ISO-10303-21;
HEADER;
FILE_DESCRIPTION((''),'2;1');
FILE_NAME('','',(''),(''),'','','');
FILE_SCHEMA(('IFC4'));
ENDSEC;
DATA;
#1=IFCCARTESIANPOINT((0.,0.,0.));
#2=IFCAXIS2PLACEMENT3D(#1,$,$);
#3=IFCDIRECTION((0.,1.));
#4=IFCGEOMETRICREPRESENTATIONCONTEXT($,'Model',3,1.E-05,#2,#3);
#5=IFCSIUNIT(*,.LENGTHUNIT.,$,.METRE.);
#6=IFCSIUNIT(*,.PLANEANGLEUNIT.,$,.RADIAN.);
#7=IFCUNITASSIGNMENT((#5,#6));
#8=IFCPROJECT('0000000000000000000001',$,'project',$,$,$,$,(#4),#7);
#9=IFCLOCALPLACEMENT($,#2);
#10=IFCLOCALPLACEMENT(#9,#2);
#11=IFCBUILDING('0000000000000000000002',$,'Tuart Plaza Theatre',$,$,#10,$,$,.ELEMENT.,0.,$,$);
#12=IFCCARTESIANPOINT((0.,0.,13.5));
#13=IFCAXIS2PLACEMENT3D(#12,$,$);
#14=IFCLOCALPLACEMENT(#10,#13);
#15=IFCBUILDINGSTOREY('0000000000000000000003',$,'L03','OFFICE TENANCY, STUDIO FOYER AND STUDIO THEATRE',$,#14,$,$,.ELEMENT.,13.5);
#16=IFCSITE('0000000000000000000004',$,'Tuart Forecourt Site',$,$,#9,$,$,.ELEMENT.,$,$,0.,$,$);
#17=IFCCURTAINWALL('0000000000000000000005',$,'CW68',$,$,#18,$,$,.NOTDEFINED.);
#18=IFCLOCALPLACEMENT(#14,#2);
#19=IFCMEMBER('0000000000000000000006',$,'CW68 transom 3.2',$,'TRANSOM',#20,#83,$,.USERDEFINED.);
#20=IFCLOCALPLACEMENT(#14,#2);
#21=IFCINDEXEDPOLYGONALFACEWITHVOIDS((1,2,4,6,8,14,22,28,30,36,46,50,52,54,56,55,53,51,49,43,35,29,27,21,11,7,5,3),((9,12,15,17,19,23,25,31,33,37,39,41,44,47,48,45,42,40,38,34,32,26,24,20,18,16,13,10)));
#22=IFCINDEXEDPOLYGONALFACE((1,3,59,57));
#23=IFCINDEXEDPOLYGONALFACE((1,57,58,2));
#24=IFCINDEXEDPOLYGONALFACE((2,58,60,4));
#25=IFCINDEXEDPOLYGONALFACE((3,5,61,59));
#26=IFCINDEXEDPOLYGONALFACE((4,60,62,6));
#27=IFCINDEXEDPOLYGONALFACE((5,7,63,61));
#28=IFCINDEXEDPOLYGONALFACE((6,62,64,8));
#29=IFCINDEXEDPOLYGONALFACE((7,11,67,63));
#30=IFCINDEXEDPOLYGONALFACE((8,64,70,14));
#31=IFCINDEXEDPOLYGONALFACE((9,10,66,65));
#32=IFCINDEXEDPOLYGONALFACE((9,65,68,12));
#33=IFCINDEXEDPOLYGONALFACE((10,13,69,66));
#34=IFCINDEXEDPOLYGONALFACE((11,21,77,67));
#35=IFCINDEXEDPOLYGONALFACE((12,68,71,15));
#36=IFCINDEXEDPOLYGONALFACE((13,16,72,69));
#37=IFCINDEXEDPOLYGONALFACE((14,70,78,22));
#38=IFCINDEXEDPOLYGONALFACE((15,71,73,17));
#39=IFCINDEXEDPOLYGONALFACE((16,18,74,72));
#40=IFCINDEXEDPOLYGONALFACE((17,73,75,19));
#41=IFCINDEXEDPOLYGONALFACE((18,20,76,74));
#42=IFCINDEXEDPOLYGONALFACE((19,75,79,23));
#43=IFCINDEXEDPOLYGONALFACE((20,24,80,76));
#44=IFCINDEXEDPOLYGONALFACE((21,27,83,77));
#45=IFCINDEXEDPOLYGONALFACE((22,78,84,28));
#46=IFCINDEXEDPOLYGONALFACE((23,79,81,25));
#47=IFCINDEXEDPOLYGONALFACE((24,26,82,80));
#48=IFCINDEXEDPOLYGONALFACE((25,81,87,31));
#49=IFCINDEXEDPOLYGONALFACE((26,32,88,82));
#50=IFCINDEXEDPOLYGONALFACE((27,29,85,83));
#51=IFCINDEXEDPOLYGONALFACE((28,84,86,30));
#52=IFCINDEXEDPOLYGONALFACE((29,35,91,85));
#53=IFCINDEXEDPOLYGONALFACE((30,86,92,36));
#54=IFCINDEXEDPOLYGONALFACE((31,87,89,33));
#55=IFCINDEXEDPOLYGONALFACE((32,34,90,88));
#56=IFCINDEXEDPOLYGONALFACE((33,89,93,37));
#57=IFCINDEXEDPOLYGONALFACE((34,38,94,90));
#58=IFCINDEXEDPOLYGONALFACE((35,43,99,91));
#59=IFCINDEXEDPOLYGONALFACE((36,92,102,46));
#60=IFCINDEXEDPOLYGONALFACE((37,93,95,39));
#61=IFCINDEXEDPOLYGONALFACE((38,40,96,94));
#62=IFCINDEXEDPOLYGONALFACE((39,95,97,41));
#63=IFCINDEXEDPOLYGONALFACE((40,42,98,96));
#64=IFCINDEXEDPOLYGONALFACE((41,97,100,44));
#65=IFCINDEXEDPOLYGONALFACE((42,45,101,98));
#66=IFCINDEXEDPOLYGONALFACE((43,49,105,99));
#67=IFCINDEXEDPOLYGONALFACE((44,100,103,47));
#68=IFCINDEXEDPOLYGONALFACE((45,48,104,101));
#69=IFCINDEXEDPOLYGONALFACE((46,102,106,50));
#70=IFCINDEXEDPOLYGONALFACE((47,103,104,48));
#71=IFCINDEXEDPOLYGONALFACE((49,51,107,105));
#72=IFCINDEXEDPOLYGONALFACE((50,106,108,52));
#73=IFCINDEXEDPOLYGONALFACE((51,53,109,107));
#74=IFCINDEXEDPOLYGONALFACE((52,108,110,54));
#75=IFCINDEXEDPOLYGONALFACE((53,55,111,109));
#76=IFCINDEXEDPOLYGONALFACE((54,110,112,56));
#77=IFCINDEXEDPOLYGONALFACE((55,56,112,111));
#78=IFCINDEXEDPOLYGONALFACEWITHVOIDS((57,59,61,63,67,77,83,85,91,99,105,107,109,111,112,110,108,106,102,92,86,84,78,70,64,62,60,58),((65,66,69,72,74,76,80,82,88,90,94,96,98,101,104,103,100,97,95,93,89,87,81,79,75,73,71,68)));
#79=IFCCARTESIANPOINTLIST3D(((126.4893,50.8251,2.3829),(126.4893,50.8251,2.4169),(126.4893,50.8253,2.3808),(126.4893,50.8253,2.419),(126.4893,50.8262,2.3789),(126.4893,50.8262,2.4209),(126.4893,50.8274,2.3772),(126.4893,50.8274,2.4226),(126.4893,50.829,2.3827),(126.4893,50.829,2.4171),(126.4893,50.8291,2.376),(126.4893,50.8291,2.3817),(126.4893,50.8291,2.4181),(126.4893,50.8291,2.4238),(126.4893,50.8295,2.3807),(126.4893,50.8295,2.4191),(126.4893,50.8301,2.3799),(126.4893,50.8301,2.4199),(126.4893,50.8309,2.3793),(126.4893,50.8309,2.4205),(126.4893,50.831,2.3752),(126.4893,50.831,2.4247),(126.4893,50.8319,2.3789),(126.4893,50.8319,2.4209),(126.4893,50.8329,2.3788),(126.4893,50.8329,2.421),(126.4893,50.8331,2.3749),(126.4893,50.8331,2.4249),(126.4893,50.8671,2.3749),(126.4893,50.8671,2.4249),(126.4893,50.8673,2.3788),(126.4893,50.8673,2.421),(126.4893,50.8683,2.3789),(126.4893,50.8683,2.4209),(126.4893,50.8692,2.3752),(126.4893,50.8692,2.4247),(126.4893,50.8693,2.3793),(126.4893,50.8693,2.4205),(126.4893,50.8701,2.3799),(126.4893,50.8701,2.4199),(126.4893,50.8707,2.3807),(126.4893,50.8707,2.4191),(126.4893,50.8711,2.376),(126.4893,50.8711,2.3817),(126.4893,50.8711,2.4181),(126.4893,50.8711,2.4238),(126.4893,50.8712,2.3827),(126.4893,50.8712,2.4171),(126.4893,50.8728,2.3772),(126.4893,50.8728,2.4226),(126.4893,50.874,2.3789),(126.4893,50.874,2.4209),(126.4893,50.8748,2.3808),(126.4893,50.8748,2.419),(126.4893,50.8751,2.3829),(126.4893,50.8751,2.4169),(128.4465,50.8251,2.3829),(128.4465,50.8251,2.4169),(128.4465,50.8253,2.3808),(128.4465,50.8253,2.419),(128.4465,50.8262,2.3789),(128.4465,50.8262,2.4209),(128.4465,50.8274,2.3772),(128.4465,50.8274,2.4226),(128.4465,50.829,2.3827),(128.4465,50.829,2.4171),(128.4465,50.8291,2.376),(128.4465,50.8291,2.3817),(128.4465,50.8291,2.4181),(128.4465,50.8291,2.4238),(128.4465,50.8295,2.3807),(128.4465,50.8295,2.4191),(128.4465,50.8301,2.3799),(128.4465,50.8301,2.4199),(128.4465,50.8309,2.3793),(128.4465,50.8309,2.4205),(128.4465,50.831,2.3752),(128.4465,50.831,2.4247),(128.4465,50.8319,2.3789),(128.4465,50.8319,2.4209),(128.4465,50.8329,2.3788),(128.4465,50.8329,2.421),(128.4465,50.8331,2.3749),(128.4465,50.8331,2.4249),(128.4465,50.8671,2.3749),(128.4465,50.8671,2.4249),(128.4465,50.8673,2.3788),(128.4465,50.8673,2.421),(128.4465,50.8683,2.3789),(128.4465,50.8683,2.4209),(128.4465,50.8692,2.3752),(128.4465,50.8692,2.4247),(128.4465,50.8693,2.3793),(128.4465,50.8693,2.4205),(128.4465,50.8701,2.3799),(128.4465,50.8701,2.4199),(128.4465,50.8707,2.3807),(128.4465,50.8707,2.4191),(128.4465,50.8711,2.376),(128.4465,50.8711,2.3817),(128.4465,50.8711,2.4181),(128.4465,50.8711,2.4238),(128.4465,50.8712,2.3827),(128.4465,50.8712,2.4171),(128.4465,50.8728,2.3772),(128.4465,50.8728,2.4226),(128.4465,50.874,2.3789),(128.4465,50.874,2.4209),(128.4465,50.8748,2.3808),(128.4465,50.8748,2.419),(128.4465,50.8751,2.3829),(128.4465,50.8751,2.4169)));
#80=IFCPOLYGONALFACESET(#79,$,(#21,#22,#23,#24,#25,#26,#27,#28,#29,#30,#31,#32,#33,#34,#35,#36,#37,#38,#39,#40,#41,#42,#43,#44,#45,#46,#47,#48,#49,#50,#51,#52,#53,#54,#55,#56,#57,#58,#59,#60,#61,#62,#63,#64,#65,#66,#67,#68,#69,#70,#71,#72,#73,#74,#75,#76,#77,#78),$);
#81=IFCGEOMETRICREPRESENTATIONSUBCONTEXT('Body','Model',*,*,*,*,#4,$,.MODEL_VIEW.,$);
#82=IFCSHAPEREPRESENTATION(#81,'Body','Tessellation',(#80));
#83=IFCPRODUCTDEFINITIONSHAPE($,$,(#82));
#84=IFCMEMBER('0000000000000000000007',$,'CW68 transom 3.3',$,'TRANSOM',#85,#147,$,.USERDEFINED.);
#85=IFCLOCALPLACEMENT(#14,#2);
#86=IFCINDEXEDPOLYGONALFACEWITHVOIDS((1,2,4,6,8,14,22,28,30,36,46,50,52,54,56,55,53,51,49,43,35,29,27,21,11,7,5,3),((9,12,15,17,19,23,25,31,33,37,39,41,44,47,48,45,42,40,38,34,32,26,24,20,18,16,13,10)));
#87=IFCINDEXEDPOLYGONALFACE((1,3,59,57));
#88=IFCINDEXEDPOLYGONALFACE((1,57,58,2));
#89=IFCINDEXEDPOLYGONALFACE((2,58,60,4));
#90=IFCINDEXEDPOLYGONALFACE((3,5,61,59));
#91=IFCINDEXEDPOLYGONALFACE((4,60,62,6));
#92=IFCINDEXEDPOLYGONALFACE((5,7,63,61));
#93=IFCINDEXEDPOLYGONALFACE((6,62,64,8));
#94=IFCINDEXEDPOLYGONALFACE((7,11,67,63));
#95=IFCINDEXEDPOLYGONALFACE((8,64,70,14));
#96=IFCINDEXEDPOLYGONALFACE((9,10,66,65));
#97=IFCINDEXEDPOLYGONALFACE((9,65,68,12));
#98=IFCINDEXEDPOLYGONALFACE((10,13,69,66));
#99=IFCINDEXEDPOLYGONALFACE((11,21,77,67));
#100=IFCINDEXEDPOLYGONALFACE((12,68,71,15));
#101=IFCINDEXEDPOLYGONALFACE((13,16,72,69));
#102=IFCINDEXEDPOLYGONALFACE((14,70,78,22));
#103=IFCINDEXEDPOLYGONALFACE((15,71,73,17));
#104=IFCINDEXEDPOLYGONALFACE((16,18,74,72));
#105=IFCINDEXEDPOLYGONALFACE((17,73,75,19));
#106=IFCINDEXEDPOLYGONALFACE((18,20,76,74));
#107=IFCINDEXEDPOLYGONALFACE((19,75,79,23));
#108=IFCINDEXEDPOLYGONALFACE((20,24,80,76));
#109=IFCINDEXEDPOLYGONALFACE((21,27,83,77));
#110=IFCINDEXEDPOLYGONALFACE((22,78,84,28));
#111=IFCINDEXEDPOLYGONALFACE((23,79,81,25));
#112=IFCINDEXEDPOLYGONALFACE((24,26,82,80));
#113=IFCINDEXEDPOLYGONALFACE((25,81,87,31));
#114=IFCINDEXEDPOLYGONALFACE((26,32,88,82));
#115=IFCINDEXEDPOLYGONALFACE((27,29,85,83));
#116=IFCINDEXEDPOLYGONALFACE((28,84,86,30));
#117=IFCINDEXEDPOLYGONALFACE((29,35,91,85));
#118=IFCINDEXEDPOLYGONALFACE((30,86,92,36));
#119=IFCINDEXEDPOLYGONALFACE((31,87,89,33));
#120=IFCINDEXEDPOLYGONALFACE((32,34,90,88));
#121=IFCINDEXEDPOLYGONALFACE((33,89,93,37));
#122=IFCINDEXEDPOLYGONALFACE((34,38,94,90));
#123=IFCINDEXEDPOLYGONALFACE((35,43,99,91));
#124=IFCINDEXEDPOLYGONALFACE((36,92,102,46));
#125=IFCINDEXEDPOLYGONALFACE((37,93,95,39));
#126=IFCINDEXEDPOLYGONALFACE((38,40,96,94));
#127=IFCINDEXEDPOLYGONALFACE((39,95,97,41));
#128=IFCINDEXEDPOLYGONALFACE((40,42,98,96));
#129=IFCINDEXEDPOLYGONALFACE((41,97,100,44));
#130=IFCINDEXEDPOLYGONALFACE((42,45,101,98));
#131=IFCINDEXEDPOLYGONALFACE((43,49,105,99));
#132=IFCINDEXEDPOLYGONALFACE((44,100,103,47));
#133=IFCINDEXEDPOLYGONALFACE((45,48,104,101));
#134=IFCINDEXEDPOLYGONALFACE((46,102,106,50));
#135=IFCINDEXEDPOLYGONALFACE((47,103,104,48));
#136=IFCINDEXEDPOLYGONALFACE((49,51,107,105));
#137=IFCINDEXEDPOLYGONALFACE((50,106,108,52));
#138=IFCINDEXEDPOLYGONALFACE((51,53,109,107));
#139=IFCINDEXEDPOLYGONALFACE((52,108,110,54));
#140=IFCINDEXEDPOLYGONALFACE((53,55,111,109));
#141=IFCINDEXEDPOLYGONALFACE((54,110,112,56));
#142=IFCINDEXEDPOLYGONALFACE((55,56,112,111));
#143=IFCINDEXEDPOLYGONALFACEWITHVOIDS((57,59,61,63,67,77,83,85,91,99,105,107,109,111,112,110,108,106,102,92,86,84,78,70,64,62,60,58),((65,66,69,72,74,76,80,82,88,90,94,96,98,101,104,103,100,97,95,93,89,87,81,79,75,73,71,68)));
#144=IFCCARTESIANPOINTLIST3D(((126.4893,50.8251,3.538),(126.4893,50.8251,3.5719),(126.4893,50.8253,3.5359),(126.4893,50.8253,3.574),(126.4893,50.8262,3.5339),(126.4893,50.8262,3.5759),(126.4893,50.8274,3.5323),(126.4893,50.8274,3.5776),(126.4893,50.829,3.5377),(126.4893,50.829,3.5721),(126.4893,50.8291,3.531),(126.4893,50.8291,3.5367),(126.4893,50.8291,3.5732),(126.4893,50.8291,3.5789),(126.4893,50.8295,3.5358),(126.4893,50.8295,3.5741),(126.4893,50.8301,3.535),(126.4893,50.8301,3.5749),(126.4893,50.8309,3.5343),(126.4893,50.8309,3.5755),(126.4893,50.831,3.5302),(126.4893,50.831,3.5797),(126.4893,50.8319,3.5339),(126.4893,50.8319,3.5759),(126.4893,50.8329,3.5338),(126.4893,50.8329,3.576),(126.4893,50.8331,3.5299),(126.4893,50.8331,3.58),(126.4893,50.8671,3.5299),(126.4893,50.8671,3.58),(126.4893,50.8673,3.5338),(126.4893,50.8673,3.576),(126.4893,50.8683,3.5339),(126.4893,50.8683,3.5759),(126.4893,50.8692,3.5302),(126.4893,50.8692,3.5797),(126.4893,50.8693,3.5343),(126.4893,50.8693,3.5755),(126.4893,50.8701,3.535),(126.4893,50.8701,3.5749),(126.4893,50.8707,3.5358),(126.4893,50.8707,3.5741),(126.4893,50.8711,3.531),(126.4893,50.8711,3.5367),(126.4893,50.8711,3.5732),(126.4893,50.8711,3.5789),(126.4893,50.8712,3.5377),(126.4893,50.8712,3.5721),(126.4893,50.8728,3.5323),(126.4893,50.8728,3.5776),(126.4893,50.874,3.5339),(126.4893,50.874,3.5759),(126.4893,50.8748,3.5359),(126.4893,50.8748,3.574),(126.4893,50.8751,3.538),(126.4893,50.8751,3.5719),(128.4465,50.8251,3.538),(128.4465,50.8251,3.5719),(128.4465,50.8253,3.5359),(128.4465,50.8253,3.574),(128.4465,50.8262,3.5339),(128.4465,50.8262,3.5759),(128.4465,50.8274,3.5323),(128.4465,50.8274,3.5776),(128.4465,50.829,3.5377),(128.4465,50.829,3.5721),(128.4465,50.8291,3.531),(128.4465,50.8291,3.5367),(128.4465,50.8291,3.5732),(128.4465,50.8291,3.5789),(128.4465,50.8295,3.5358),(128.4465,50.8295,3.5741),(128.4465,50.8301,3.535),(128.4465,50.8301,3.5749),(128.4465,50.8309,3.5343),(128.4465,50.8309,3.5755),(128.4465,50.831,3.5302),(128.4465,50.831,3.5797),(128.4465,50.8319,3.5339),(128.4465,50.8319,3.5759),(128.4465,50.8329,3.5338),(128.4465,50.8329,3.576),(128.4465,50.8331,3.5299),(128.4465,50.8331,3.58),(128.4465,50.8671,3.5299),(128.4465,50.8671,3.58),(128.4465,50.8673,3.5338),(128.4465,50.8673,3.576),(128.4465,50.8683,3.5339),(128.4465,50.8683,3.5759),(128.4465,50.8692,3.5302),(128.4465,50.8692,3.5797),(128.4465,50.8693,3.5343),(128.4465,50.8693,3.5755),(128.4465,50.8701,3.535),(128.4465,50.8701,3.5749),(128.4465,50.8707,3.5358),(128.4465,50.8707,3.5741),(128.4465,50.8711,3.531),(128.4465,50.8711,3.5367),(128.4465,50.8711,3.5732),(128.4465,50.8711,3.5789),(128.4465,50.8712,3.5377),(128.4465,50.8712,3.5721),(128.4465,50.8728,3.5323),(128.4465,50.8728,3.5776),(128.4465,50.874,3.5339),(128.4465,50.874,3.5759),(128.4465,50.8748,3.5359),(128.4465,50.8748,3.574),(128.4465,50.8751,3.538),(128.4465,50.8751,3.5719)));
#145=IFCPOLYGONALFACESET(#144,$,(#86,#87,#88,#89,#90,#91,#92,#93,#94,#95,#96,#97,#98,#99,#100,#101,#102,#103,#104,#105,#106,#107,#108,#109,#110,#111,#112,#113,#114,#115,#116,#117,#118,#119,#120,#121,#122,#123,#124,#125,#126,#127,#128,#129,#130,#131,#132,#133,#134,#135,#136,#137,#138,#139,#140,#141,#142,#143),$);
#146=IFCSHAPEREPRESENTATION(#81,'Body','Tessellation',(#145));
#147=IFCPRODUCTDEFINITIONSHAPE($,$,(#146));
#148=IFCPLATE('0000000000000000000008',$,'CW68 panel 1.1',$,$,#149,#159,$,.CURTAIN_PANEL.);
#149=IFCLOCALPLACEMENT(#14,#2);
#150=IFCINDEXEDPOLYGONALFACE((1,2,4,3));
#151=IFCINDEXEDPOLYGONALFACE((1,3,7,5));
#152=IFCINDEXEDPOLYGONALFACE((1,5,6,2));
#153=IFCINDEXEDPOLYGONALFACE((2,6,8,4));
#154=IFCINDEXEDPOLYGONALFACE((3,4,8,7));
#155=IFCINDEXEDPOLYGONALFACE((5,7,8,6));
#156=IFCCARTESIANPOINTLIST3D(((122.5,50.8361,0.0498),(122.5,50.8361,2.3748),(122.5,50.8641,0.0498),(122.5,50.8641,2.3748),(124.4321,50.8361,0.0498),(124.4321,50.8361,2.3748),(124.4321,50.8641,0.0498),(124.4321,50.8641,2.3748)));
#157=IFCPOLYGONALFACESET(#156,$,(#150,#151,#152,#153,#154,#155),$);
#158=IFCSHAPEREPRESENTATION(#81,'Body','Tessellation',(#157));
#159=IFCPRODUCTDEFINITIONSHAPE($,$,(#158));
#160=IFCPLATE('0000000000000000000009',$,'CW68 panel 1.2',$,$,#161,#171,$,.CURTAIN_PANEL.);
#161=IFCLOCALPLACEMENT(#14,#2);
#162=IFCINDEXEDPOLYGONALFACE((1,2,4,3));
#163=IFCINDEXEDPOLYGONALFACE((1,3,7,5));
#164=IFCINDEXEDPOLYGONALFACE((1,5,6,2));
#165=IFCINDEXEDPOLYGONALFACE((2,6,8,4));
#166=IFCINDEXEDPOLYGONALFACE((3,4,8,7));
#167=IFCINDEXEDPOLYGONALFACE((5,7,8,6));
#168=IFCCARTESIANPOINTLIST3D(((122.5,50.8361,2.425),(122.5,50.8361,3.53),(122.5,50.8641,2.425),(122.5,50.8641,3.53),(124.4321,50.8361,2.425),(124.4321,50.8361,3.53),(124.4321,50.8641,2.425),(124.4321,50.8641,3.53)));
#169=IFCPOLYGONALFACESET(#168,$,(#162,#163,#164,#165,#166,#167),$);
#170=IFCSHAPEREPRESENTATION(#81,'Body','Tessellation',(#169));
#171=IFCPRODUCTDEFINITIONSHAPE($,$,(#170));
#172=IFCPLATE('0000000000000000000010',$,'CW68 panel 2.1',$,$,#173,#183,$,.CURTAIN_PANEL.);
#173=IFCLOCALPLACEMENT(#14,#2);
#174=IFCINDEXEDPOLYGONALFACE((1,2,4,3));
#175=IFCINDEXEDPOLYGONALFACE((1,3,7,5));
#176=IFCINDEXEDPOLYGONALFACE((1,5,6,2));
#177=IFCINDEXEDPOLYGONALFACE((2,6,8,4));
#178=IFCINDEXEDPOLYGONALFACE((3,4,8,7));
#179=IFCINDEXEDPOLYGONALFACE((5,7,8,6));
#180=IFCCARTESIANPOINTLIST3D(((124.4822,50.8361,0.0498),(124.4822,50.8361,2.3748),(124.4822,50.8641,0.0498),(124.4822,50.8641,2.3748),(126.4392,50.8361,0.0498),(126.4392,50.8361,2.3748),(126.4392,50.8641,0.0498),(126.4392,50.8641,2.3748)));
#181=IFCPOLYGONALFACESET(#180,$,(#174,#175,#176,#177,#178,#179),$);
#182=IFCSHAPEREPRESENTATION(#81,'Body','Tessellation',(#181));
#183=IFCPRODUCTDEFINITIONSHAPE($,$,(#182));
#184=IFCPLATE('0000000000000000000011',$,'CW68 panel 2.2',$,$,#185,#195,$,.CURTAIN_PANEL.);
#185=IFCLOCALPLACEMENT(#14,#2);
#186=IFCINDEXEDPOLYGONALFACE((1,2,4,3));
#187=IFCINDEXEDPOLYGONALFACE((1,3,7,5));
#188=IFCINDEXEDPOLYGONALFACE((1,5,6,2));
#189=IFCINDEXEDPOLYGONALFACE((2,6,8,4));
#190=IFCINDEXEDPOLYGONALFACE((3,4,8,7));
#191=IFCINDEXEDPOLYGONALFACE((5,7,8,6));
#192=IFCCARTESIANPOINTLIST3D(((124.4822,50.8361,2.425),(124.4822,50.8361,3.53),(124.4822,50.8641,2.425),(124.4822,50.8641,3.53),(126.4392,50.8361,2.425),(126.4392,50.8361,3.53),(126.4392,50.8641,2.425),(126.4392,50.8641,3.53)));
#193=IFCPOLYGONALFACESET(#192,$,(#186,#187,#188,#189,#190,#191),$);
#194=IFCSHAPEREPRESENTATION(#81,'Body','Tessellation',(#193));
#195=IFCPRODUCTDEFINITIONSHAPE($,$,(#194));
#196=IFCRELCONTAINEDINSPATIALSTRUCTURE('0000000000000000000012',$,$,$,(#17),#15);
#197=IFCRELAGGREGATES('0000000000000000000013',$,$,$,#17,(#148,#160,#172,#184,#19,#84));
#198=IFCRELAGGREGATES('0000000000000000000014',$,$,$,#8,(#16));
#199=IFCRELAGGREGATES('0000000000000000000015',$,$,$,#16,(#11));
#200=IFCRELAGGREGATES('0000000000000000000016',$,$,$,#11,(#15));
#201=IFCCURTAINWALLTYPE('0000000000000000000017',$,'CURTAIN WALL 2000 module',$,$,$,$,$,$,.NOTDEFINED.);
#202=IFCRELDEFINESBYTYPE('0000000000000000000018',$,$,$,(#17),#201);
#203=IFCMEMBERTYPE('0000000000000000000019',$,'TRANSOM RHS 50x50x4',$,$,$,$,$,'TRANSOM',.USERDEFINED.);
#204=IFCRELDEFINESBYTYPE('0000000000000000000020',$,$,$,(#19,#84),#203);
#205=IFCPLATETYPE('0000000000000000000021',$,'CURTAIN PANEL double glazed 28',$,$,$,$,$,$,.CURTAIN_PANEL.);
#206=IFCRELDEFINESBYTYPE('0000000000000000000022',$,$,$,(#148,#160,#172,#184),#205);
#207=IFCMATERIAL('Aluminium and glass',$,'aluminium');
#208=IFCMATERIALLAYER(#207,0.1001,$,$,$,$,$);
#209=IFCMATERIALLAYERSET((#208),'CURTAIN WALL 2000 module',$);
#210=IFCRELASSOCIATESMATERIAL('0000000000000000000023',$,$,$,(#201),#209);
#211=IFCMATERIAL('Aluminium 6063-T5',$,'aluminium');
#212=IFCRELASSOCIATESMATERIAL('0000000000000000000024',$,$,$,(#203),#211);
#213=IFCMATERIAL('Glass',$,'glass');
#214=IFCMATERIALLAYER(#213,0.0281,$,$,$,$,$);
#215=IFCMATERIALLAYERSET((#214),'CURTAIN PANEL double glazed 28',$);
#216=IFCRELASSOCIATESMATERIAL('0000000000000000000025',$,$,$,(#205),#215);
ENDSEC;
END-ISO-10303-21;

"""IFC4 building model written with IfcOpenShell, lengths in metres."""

from ifc_helpers import new_model, si_unit, direction, frame, origin, origin_2d, place, context, subcontext, project, spatial, rectangle, hollow_rectangle, extrude, material, layer, layer_set, material_profile, profile_set, type_object, element, aggregate, save


model = new_model("IFC4")

# Units and contexts
model_context = context("Model", 3, precision=1e-05, world=origin(), true_north=direction((0.0, 1.0)))
body_context = subcontext(model_context, "Body", "Model", "MODEL_VIEW")
ifc_project = project(units=[si_unit("LENGTHUNIT", "METRE"), si_unit("PLANEANGLEUNIT", "RADIAN")], contexts=[model_context])

# Site, building, storey
site_placement = place(None, origin())
site = spatial("IfcSite", under=ifc_project, at=site_placement, Name="Tuart Forecourt Site", CompositionType="ELEMENT", RefElevation=0.0)
building_placement = place(site_placement, origin())
building = spatial("IfcBuilding", under=site, at=building_placement, Name="Tuart Plaza Theatre", CompositionType="ELEMENT", ElevationOfRefHeight=0.0)
storey_placement = place(building_placement, frame((0.0, 0.0, 13.5)))
storey = spatial("IfcBuildingStorey", under=building, at=storey_placement, Name="L03", Description="OFFICE TENANCY, STUDIO FOYER AND STUDIO THEATRE", CompositionType="ELEMENT", Elevation=13.5)

# Curtain wall, members, plates
ifc_material_1 = material(Name="Aluminium and glass", Category="aluminium")
ifc_layer_1 = layer(ifc_material_1, 0.1001)
ifc_layer_set_1 = layer_set([ifc_layer_1], Name="CURTAIN WALL 2000 module")
curtain_wall_type = type_object("IfcCurtainWallType", Name="CURTAIN WALL 2000 module", PredefinedType="NOTDEFINED", material=ifc_layer_set_1)
curtain_wall_placement = place(storey_placement, origin())
curtain_wall = element("IfcCurtainWall", 1, at=curtain_wall_placement, inside=storey, type_object=curtain_wall_type, Name="CW68", PredefinedType="NOTDEFINED")
ifc_material_2 = material(Name="Aluminium 6063-T5", Category="aluminium")
ifc_material_profile_1 = material_profile(ifc_material_2, hollow_rectangle(XDim=0.05, YDim=0.05, WallThickness=0.0039, InnerFilletRadius=0.0039, OuterFilletRadius=0.0081, at=origin_2d()), Name="RHS 50x50x4")
ifc_profile_set_1 = profile_set([ifc_material_profile_1], Name="Aluminium 6063-T5")
member_type_1 = type_object("IfcMemberType", Name="TRANSOM RHS 50x50x4", ElementType="TRANSOM", PredefinedType="USERDEFINED", material=ifc_profile_set_1)
member_1_placement = place(storey_placement, frame((126.4893, 50.8501, 2.3999), z_axis=(1.0, 0.0, 0.0), x_axis=(0.0, 1.0, 0.0)))
member_1 = element("IfcMember", 2, at=member_1_placement, type_object=member_type_1, Name="CW68 transom 3.2", ObjectType="TRANSOM", PredefinedType="USERDEFINED", context=body_context, shape_type="SweptSolid", body=[
    extrude(hollow_rectangle(XDim=0.05, YDim=0.05, WallThickness=0.0039, InnerFilletRadius=0.0039, OuterFilletRadius=0.0081, at=origin_2d()), origin(), (0.0, 0.0, 1.0), 1.9573),
])
member_2_placement = place(storey_placement, frame((126.4893, 50.8501, 3.5549), z_axis=(1.0, 0.0, 0.0), x_axis=(0.0, 1.0, 0.0)))
member_2 = element("IfcMember", 3, at=member_2_placement, type_object=member_type_1, Name="CW68 transom 3.3", ObjectType="TRANSOM", PredefinedType="USERDEFINED", context=body_context, shape_type="SweptSolid", body=[
    extrude(hollow_rectangle(XDim=0.05, YDim=0.05, WallThickness=0.0039, InnerFilletRadius=0.0039, OuterFilletRadius=0.0081, at=origin_2d()), origin(), (0.0, 0.0, 1.0), 1.9573),
])
ifc_material_3 = material(Name="Glass", Category="glass")
ifc_layer_2 = layer(ifc_material_3, 0.0281)
ifc_layer_set_2 = layer_set([ifc_layer_2], Name="CURTAIN PANEL double glazed 28")
plate_type = type_object("IfcPlateType", Name="CURTAIN PANEL double glazed 28", PredefinedType="CURTAIN_PANEL", material=ifc_layer_set_2)
plate_1_placement = place(storey_placement, frame((123.4661, 50.8501, 0.0498), z_axis=(0.0, 0.0, 1.0), x_axis=(1.0, 0.0, 0.0)))
plate_1 = element("IfcPlate", 4, at=plate_1_placement, type_object=plate_type, Name="CW68 panel 1.1", PredefinedType="CURTAIN_PANEL", context=body_context, shape_type="SweptSolid", body=[
    extrude(rectangle(XDim=1.9321, YDim=0.0281, at=origin_2d()), origin(), (0.0, 0.0, 1.0), 2.325),
])
plate_2_placement = place(storey_placement, frame((123.4661, 50.8501, 2.425), z_axis=(0.0, 0.0, 1.0), x_axis=(1.0, 0.0, 0.0)))
plate_2 = element("IfcPlate", 5, at=plate_2_placement, type_object=plate_type, Name="CW68 panel 1.2", PredefinedType="CURTAIN_PANEL", context=body_context, shape_type="SweptSolid", body=[
    extrude(rectangle(XDim=1.9321, YDim=0.0281, at=origin_2d()), origin(), (0.0, 0.0, 1.0), 1.105),
])
plate_3_placement = place(storey_placement, frame((125.4607, 50.8501, 0.0498), z_axis=(0.0, 0.0, 1.0), x_axis=(1.0, 0.0, 0.0)))
plate_3 = element("IfcPlate", 6, at=plate_3_placement, type_object=plate_type, Name="CW68 panel 2.1", PredefinedType="CURTAIN_PANEL", context=body_context, shape_type="SweptSolid", body=[
    extrude(rectangle(XDim=1.957, YDim=0.0281, at=origin_2d()), origin(), (0.0, 0.0, 1.0), 2.325),
])
plate_4_placement = place(storey_placement, frame((125.4607, 50.8501, 2.425), z_axis=(0.0, 0.0, 1.0), x_axis=(1.0, 0.0, 0.0)))
plate_4 = element("IfcPlate", 7, at=plate_4_placement, type_object=plate_type, Name="CW68 panel 2.2", PredefinedType="CURTAIN_PANEL", context=body_context, shape_type="SweptSolid", body=[
    extrude(rectangle(XDim=1.957, YDim=0.0281, at=origin_2d()), origin(), (0.0, 0.0, 1.0), 1.105),
])
aggregate(curtain_wall, [plate_1, plate_2, plate_3, plate_4, member_1, member_2])

save(model, "model.ifc")
